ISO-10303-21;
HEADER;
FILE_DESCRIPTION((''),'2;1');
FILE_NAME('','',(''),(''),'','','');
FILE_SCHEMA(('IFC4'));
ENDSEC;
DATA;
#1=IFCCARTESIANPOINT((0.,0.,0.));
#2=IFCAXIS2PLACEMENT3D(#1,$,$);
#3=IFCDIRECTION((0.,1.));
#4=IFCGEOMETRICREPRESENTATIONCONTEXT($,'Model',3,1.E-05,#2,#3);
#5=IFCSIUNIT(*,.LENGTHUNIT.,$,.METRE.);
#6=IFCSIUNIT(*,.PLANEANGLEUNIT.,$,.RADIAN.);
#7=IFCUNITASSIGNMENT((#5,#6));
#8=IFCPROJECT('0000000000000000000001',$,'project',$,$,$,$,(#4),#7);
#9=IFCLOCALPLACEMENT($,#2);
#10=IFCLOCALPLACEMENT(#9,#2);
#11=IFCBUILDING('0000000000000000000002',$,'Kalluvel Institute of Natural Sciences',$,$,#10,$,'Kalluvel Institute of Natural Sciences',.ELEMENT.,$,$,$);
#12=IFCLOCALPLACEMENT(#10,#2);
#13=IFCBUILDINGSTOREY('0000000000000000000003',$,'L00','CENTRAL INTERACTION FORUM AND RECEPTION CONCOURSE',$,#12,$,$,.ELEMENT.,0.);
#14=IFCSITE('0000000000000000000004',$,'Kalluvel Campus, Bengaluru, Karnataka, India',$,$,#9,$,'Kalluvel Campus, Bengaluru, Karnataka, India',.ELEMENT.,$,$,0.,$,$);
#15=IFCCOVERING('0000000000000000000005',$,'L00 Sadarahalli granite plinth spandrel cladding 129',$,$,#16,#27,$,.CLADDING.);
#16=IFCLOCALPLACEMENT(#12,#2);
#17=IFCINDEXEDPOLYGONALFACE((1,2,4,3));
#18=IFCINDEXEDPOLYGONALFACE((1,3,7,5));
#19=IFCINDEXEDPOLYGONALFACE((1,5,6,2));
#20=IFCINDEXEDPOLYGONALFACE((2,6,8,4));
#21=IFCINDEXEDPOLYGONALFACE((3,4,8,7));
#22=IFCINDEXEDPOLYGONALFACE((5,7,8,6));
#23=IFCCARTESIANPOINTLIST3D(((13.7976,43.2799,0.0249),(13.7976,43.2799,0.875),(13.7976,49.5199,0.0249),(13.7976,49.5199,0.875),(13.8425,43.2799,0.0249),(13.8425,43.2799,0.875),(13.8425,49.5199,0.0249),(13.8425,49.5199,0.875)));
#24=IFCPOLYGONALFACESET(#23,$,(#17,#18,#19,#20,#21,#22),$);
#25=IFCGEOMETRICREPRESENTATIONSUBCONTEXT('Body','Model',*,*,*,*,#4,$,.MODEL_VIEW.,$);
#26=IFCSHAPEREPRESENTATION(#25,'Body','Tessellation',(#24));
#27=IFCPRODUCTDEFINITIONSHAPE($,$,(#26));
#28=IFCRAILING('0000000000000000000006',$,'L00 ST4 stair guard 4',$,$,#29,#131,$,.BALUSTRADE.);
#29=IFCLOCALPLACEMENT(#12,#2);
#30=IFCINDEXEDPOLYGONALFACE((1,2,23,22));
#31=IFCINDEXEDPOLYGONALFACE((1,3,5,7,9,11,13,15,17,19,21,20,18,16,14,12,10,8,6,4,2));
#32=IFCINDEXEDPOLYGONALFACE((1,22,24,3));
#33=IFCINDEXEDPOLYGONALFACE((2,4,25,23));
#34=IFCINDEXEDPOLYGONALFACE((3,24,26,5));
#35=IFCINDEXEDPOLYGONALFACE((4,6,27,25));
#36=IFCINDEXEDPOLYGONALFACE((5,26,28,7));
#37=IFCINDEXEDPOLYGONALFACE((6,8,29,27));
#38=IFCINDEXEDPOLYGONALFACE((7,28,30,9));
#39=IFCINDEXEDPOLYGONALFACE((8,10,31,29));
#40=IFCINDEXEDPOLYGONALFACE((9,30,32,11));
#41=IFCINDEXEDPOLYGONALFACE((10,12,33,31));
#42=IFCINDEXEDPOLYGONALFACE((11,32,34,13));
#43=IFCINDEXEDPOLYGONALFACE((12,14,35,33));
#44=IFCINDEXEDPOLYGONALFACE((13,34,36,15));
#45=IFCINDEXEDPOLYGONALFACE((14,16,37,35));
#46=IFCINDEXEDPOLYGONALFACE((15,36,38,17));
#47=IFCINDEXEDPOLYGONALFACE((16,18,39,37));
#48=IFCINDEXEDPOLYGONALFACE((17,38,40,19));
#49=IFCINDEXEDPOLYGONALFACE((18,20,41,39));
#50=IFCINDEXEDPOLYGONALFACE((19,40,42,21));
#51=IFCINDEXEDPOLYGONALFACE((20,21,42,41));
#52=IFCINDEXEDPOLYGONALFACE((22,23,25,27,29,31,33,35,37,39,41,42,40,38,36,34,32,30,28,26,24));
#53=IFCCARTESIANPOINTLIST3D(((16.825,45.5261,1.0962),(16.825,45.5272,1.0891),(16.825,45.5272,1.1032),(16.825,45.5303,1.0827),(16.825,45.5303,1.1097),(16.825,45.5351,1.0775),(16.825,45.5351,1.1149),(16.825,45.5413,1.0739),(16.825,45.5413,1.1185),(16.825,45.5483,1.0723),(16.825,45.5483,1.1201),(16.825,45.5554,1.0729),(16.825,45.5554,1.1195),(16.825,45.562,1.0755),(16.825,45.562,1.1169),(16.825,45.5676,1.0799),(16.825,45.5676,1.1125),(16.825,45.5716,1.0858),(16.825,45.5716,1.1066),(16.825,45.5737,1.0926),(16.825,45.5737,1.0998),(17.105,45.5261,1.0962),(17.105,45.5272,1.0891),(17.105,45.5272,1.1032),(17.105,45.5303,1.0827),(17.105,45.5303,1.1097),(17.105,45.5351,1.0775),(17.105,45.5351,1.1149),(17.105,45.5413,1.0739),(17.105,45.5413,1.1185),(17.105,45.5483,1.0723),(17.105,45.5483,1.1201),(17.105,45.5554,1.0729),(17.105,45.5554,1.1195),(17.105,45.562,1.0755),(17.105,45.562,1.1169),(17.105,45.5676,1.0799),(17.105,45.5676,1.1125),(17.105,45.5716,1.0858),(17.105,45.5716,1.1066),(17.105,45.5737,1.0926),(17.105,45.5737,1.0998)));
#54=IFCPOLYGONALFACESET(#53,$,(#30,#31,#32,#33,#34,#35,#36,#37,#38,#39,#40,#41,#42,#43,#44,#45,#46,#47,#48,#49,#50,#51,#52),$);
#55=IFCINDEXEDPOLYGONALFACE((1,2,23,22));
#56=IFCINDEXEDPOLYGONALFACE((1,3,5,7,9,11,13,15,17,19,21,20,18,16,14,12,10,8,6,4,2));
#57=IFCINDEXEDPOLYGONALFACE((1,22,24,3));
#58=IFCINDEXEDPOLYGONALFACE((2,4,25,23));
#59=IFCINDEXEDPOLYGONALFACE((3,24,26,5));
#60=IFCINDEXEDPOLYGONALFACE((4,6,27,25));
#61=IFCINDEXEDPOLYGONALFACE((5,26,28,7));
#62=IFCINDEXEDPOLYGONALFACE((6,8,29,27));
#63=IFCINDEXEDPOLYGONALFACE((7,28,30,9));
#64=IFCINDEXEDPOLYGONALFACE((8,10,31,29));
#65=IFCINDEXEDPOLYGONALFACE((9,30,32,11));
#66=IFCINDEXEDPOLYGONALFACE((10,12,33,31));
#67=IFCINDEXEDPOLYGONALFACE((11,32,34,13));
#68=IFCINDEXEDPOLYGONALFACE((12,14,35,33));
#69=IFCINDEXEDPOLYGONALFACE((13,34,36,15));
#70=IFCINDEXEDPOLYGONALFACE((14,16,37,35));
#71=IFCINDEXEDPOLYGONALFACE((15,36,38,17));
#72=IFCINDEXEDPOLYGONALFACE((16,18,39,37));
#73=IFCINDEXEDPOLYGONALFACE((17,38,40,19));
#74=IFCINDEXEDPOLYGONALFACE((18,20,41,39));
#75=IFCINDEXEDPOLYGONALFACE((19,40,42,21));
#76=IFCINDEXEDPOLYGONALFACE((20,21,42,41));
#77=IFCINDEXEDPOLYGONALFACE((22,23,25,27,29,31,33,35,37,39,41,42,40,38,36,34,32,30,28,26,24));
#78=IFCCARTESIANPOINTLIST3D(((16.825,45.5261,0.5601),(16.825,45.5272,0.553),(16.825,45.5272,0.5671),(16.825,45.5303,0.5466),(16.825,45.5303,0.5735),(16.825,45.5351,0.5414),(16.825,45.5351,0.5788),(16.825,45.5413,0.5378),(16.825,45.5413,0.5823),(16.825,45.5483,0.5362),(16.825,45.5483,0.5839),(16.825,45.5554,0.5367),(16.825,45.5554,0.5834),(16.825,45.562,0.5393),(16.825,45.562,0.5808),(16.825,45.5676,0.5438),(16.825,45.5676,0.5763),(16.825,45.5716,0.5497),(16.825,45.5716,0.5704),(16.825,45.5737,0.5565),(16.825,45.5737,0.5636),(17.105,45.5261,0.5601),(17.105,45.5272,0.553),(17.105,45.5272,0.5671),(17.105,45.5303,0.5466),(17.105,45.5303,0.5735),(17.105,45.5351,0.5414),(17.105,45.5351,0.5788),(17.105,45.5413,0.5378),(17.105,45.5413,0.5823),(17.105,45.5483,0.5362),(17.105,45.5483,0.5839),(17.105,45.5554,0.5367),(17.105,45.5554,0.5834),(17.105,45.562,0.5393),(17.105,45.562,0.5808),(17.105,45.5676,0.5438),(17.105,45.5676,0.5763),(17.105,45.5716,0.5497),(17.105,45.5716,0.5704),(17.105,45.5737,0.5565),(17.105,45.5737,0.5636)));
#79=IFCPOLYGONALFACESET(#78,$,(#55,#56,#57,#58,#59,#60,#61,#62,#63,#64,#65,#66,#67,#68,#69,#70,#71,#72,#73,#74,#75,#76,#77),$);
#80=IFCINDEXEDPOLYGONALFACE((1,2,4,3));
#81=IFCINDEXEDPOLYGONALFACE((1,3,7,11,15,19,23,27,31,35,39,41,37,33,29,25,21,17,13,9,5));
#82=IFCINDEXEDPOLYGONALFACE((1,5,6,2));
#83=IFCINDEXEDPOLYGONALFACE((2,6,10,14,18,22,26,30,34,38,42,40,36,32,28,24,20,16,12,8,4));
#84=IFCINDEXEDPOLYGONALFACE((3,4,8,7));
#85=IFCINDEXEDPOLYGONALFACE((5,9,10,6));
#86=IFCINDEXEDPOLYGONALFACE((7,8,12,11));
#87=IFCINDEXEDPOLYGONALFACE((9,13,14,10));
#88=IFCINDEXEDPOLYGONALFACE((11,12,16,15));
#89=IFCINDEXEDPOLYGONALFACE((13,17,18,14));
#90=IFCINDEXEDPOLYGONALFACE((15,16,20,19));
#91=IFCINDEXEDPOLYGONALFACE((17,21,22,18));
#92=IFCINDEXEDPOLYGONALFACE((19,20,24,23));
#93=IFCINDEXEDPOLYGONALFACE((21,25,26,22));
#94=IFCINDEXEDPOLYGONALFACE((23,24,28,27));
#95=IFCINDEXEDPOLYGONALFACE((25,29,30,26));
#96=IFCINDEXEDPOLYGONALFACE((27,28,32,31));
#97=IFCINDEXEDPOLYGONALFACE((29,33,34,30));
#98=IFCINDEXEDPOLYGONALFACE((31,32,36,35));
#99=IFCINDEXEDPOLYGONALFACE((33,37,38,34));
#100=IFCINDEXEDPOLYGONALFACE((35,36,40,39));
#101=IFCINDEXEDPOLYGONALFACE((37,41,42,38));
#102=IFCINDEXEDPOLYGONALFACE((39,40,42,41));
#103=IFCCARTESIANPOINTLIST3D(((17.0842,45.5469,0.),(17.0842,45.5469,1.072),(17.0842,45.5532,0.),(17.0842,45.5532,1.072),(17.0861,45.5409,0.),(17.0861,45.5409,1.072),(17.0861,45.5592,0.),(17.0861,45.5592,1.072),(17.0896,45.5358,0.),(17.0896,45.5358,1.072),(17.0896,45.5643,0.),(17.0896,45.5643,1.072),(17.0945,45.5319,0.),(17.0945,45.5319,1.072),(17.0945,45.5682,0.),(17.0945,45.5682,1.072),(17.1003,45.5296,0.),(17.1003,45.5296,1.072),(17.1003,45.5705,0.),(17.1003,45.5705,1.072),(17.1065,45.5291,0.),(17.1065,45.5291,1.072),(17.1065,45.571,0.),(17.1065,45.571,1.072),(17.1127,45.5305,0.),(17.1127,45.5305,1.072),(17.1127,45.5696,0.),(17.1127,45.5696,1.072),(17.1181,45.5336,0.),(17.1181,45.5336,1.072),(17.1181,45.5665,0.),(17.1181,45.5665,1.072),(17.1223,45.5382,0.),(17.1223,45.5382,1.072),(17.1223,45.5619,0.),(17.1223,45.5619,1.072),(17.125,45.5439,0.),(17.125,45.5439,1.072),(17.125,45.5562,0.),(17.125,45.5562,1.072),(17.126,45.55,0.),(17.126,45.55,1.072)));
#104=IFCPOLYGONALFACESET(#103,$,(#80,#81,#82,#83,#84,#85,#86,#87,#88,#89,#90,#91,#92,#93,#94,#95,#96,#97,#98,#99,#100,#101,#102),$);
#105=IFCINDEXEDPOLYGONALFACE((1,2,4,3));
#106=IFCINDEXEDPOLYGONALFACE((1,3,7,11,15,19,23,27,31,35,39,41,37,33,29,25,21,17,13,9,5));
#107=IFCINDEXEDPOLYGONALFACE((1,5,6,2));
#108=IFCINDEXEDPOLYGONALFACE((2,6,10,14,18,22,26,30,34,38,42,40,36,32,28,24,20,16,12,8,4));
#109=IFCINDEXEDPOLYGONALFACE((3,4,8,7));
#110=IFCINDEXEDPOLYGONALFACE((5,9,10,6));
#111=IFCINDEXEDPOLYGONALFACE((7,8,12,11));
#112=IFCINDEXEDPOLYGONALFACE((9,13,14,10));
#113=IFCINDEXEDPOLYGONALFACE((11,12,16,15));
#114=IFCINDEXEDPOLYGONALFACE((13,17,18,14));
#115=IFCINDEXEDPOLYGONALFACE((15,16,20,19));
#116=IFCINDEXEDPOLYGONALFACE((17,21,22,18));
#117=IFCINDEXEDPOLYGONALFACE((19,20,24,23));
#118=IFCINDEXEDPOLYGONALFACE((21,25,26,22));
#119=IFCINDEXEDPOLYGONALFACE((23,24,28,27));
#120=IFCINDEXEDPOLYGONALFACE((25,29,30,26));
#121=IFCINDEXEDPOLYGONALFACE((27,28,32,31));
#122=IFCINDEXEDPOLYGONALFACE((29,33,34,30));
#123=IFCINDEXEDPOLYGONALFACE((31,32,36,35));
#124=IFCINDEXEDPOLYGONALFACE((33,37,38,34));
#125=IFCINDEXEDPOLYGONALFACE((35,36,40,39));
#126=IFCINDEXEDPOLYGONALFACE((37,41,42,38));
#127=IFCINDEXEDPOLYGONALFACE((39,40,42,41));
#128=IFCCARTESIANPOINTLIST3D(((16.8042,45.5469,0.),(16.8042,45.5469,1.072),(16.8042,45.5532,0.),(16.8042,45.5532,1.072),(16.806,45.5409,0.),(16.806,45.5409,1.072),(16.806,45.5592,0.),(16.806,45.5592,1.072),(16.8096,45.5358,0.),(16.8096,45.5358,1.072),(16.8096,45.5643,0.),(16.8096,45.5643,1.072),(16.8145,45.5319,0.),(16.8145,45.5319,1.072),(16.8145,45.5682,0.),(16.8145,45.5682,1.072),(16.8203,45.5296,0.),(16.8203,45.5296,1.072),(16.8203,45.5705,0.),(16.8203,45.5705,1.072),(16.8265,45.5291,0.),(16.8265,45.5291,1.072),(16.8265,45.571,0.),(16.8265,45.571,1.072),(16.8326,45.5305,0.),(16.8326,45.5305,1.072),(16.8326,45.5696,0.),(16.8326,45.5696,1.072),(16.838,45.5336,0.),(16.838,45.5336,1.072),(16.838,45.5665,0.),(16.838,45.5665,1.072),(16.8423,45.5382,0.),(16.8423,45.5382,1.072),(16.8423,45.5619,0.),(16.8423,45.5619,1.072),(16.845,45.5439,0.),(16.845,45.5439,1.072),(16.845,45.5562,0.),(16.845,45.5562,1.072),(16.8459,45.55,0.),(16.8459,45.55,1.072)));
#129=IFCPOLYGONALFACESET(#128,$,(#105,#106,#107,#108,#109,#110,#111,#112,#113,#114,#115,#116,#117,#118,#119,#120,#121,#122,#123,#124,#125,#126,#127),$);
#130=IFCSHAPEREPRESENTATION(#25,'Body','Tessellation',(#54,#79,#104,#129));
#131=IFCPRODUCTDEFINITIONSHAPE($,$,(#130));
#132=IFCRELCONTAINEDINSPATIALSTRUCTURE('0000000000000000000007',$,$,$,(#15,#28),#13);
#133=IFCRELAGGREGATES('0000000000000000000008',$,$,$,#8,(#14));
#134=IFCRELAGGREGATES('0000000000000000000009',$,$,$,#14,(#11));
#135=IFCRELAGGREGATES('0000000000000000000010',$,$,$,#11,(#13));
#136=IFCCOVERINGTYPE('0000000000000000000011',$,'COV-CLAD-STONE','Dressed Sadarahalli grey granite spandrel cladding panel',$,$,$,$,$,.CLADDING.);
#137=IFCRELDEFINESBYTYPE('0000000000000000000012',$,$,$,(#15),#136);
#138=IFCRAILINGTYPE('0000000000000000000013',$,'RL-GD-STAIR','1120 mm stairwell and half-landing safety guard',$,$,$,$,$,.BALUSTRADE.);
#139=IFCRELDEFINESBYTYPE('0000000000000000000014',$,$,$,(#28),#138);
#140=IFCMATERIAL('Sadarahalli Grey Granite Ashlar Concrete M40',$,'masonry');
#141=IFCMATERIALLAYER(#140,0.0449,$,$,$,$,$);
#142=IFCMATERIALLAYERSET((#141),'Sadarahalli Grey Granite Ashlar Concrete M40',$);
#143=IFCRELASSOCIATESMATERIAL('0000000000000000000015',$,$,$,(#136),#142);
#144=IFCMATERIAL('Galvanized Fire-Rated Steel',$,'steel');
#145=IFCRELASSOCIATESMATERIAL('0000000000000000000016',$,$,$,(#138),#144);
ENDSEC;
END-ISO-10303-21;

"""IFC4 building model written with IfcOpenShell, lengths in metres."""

from ifc_helpers import new_model, si_unit, direction, frame, origin, origin_2d, place, context, subcontext, project, spatial, rectangle, circle, extrude, material, layer, layer_set, type_object, element, save


model = new_model("IFC4")

# Units and contexts
model_context = context("Model", 3, precision=1e-05, world=origin(), true_north=direction((0.0, 1.0)))
body_context = subcontext(model_context, "Body", "Model", "MODEL_VIEW")
ifc_project = project(units=[si_unit("LENGTHUNIT", "METRE"), si_unit("PLANEANGLEUNIT", "RADIAN")], contexts=[model_context])

# Site, building, storey
site_placement = place(None, origin())
site = spatial("IfcSite", under=ifc_project, at=site_placement, Name="Kalluvel Campus, Bengaluru, Karnataka, India", LongName="Kalluvel Campus, Bengaluru, Karnataka, India", CompositionType="ELEMENT", RefElevation=0.0)
building_placement = place(site_placement, origin())
building = spatial("IfcBuilding", under=site, at=building_placement, Name="Kalluvel Institute of Natural Sciences", LongName="Kalluvel Institute of Natural Sciences", CompositionType="ELEMENT")
storey_placement = place(building_placement, origin())
storey = spatial("IfcBuildingStorey", under=building, at=storey_placement, Name="L00", Description="CENTRAL INTERACTION FORUM AND RECEPTION CONCOURSE", CompositionType="ELEMENT", Elevation=0.0)

# Shared definitions
ifc_material_1 = material(Name="Galvanized Fire-Rated Steel", Category="steel")

# Shared definitions
ifc_material_2 = material(Name="Sadarahalli Grey Granite Ashlar Concrete M40", Category="masonry")

# Covering
ifc_layer_1 = layer(ifc_material_2, 0.0449)
ifc_layer_set_1 = layer_set([ifc_layer_1], Name="Sadarahalli Grey Granite Ashlar Concrete M40")
covering_type = type_object("IfcCoveringType", Name="COV-CLAD-STONE", Description="Dressed Sadarahalli grey granite spandrel cladding panel", PredefinedType="CLADDING", material=ifc_layer_set_1)
covering_placement = place(storey_placement, frame((13.8201, 46.3999, 0.0249), z_axis=(0.0, 0.0, 1.0), x_axis=(0.0, 1.0, 0.0)))
element("IfcCovering", 1, at=covering_placement, inside=storey, type_object=covering_type, Name="L00 Sadarahalli granite plinth spandrel cladding 129", PredefinedType="CLADDING", context=body_context, shape_type="SweptSolid", body=[
    extrude(rectangle(XDim=6.24, YDim=0.0449, at=origin_2d()), origin(), (0.0, 0.0, 1.0), 0.8501),
])

# Railing
railing_type_1 = type_object("IfcRailingType", Name="RL-GD-STAIR", Description="1120 mm stairwell and half-landing safety guard", PredefinedType="BALUSTRADE", material=ifc_material_1)
railing_1_placement = place(storey_placement, frame((17.105, 45.55, 0.0)))
element("IfcRailing", 2, at=railing_1_placement, inside=storey, type_object=railing_type_1, Name="L00 ST4 stair guard 4", PredefinedType="BALUSTRADE", context=body_context, shape_type="SweptSolid", body=[
    extrude(circle(Radius=0.0239, at=origin_2d()), frame((0.0, 0.0, 1.0962), z_axis=(-1.0, 0.0, 0.0), x_axis=(0.0, -1.0, 0.0)), (0.0, 0.0, 1.0), 0.28),
    extrude(circle(Radius=0.0239, at=origin_2d()), frame((0.0, 0.0, 0.5601), z_axis=(-1.0, 0.0, 0.0), x_axis=(0.0, -1.0, 0.0)), (0.0, 0.0, 1.0), 0.28),
    extrude(circle(Radius=0.021, at=origin_2d()), origin(), (0.0, 0.0, 1.0), 1.072),
    extrude(circle(Radius=0.021, at=origin_2d()), frame((-0.28, 0.0, 0.0)), (0.0, 0.0, 1.0), 1.072),
])

save(model, "model.ifc")
